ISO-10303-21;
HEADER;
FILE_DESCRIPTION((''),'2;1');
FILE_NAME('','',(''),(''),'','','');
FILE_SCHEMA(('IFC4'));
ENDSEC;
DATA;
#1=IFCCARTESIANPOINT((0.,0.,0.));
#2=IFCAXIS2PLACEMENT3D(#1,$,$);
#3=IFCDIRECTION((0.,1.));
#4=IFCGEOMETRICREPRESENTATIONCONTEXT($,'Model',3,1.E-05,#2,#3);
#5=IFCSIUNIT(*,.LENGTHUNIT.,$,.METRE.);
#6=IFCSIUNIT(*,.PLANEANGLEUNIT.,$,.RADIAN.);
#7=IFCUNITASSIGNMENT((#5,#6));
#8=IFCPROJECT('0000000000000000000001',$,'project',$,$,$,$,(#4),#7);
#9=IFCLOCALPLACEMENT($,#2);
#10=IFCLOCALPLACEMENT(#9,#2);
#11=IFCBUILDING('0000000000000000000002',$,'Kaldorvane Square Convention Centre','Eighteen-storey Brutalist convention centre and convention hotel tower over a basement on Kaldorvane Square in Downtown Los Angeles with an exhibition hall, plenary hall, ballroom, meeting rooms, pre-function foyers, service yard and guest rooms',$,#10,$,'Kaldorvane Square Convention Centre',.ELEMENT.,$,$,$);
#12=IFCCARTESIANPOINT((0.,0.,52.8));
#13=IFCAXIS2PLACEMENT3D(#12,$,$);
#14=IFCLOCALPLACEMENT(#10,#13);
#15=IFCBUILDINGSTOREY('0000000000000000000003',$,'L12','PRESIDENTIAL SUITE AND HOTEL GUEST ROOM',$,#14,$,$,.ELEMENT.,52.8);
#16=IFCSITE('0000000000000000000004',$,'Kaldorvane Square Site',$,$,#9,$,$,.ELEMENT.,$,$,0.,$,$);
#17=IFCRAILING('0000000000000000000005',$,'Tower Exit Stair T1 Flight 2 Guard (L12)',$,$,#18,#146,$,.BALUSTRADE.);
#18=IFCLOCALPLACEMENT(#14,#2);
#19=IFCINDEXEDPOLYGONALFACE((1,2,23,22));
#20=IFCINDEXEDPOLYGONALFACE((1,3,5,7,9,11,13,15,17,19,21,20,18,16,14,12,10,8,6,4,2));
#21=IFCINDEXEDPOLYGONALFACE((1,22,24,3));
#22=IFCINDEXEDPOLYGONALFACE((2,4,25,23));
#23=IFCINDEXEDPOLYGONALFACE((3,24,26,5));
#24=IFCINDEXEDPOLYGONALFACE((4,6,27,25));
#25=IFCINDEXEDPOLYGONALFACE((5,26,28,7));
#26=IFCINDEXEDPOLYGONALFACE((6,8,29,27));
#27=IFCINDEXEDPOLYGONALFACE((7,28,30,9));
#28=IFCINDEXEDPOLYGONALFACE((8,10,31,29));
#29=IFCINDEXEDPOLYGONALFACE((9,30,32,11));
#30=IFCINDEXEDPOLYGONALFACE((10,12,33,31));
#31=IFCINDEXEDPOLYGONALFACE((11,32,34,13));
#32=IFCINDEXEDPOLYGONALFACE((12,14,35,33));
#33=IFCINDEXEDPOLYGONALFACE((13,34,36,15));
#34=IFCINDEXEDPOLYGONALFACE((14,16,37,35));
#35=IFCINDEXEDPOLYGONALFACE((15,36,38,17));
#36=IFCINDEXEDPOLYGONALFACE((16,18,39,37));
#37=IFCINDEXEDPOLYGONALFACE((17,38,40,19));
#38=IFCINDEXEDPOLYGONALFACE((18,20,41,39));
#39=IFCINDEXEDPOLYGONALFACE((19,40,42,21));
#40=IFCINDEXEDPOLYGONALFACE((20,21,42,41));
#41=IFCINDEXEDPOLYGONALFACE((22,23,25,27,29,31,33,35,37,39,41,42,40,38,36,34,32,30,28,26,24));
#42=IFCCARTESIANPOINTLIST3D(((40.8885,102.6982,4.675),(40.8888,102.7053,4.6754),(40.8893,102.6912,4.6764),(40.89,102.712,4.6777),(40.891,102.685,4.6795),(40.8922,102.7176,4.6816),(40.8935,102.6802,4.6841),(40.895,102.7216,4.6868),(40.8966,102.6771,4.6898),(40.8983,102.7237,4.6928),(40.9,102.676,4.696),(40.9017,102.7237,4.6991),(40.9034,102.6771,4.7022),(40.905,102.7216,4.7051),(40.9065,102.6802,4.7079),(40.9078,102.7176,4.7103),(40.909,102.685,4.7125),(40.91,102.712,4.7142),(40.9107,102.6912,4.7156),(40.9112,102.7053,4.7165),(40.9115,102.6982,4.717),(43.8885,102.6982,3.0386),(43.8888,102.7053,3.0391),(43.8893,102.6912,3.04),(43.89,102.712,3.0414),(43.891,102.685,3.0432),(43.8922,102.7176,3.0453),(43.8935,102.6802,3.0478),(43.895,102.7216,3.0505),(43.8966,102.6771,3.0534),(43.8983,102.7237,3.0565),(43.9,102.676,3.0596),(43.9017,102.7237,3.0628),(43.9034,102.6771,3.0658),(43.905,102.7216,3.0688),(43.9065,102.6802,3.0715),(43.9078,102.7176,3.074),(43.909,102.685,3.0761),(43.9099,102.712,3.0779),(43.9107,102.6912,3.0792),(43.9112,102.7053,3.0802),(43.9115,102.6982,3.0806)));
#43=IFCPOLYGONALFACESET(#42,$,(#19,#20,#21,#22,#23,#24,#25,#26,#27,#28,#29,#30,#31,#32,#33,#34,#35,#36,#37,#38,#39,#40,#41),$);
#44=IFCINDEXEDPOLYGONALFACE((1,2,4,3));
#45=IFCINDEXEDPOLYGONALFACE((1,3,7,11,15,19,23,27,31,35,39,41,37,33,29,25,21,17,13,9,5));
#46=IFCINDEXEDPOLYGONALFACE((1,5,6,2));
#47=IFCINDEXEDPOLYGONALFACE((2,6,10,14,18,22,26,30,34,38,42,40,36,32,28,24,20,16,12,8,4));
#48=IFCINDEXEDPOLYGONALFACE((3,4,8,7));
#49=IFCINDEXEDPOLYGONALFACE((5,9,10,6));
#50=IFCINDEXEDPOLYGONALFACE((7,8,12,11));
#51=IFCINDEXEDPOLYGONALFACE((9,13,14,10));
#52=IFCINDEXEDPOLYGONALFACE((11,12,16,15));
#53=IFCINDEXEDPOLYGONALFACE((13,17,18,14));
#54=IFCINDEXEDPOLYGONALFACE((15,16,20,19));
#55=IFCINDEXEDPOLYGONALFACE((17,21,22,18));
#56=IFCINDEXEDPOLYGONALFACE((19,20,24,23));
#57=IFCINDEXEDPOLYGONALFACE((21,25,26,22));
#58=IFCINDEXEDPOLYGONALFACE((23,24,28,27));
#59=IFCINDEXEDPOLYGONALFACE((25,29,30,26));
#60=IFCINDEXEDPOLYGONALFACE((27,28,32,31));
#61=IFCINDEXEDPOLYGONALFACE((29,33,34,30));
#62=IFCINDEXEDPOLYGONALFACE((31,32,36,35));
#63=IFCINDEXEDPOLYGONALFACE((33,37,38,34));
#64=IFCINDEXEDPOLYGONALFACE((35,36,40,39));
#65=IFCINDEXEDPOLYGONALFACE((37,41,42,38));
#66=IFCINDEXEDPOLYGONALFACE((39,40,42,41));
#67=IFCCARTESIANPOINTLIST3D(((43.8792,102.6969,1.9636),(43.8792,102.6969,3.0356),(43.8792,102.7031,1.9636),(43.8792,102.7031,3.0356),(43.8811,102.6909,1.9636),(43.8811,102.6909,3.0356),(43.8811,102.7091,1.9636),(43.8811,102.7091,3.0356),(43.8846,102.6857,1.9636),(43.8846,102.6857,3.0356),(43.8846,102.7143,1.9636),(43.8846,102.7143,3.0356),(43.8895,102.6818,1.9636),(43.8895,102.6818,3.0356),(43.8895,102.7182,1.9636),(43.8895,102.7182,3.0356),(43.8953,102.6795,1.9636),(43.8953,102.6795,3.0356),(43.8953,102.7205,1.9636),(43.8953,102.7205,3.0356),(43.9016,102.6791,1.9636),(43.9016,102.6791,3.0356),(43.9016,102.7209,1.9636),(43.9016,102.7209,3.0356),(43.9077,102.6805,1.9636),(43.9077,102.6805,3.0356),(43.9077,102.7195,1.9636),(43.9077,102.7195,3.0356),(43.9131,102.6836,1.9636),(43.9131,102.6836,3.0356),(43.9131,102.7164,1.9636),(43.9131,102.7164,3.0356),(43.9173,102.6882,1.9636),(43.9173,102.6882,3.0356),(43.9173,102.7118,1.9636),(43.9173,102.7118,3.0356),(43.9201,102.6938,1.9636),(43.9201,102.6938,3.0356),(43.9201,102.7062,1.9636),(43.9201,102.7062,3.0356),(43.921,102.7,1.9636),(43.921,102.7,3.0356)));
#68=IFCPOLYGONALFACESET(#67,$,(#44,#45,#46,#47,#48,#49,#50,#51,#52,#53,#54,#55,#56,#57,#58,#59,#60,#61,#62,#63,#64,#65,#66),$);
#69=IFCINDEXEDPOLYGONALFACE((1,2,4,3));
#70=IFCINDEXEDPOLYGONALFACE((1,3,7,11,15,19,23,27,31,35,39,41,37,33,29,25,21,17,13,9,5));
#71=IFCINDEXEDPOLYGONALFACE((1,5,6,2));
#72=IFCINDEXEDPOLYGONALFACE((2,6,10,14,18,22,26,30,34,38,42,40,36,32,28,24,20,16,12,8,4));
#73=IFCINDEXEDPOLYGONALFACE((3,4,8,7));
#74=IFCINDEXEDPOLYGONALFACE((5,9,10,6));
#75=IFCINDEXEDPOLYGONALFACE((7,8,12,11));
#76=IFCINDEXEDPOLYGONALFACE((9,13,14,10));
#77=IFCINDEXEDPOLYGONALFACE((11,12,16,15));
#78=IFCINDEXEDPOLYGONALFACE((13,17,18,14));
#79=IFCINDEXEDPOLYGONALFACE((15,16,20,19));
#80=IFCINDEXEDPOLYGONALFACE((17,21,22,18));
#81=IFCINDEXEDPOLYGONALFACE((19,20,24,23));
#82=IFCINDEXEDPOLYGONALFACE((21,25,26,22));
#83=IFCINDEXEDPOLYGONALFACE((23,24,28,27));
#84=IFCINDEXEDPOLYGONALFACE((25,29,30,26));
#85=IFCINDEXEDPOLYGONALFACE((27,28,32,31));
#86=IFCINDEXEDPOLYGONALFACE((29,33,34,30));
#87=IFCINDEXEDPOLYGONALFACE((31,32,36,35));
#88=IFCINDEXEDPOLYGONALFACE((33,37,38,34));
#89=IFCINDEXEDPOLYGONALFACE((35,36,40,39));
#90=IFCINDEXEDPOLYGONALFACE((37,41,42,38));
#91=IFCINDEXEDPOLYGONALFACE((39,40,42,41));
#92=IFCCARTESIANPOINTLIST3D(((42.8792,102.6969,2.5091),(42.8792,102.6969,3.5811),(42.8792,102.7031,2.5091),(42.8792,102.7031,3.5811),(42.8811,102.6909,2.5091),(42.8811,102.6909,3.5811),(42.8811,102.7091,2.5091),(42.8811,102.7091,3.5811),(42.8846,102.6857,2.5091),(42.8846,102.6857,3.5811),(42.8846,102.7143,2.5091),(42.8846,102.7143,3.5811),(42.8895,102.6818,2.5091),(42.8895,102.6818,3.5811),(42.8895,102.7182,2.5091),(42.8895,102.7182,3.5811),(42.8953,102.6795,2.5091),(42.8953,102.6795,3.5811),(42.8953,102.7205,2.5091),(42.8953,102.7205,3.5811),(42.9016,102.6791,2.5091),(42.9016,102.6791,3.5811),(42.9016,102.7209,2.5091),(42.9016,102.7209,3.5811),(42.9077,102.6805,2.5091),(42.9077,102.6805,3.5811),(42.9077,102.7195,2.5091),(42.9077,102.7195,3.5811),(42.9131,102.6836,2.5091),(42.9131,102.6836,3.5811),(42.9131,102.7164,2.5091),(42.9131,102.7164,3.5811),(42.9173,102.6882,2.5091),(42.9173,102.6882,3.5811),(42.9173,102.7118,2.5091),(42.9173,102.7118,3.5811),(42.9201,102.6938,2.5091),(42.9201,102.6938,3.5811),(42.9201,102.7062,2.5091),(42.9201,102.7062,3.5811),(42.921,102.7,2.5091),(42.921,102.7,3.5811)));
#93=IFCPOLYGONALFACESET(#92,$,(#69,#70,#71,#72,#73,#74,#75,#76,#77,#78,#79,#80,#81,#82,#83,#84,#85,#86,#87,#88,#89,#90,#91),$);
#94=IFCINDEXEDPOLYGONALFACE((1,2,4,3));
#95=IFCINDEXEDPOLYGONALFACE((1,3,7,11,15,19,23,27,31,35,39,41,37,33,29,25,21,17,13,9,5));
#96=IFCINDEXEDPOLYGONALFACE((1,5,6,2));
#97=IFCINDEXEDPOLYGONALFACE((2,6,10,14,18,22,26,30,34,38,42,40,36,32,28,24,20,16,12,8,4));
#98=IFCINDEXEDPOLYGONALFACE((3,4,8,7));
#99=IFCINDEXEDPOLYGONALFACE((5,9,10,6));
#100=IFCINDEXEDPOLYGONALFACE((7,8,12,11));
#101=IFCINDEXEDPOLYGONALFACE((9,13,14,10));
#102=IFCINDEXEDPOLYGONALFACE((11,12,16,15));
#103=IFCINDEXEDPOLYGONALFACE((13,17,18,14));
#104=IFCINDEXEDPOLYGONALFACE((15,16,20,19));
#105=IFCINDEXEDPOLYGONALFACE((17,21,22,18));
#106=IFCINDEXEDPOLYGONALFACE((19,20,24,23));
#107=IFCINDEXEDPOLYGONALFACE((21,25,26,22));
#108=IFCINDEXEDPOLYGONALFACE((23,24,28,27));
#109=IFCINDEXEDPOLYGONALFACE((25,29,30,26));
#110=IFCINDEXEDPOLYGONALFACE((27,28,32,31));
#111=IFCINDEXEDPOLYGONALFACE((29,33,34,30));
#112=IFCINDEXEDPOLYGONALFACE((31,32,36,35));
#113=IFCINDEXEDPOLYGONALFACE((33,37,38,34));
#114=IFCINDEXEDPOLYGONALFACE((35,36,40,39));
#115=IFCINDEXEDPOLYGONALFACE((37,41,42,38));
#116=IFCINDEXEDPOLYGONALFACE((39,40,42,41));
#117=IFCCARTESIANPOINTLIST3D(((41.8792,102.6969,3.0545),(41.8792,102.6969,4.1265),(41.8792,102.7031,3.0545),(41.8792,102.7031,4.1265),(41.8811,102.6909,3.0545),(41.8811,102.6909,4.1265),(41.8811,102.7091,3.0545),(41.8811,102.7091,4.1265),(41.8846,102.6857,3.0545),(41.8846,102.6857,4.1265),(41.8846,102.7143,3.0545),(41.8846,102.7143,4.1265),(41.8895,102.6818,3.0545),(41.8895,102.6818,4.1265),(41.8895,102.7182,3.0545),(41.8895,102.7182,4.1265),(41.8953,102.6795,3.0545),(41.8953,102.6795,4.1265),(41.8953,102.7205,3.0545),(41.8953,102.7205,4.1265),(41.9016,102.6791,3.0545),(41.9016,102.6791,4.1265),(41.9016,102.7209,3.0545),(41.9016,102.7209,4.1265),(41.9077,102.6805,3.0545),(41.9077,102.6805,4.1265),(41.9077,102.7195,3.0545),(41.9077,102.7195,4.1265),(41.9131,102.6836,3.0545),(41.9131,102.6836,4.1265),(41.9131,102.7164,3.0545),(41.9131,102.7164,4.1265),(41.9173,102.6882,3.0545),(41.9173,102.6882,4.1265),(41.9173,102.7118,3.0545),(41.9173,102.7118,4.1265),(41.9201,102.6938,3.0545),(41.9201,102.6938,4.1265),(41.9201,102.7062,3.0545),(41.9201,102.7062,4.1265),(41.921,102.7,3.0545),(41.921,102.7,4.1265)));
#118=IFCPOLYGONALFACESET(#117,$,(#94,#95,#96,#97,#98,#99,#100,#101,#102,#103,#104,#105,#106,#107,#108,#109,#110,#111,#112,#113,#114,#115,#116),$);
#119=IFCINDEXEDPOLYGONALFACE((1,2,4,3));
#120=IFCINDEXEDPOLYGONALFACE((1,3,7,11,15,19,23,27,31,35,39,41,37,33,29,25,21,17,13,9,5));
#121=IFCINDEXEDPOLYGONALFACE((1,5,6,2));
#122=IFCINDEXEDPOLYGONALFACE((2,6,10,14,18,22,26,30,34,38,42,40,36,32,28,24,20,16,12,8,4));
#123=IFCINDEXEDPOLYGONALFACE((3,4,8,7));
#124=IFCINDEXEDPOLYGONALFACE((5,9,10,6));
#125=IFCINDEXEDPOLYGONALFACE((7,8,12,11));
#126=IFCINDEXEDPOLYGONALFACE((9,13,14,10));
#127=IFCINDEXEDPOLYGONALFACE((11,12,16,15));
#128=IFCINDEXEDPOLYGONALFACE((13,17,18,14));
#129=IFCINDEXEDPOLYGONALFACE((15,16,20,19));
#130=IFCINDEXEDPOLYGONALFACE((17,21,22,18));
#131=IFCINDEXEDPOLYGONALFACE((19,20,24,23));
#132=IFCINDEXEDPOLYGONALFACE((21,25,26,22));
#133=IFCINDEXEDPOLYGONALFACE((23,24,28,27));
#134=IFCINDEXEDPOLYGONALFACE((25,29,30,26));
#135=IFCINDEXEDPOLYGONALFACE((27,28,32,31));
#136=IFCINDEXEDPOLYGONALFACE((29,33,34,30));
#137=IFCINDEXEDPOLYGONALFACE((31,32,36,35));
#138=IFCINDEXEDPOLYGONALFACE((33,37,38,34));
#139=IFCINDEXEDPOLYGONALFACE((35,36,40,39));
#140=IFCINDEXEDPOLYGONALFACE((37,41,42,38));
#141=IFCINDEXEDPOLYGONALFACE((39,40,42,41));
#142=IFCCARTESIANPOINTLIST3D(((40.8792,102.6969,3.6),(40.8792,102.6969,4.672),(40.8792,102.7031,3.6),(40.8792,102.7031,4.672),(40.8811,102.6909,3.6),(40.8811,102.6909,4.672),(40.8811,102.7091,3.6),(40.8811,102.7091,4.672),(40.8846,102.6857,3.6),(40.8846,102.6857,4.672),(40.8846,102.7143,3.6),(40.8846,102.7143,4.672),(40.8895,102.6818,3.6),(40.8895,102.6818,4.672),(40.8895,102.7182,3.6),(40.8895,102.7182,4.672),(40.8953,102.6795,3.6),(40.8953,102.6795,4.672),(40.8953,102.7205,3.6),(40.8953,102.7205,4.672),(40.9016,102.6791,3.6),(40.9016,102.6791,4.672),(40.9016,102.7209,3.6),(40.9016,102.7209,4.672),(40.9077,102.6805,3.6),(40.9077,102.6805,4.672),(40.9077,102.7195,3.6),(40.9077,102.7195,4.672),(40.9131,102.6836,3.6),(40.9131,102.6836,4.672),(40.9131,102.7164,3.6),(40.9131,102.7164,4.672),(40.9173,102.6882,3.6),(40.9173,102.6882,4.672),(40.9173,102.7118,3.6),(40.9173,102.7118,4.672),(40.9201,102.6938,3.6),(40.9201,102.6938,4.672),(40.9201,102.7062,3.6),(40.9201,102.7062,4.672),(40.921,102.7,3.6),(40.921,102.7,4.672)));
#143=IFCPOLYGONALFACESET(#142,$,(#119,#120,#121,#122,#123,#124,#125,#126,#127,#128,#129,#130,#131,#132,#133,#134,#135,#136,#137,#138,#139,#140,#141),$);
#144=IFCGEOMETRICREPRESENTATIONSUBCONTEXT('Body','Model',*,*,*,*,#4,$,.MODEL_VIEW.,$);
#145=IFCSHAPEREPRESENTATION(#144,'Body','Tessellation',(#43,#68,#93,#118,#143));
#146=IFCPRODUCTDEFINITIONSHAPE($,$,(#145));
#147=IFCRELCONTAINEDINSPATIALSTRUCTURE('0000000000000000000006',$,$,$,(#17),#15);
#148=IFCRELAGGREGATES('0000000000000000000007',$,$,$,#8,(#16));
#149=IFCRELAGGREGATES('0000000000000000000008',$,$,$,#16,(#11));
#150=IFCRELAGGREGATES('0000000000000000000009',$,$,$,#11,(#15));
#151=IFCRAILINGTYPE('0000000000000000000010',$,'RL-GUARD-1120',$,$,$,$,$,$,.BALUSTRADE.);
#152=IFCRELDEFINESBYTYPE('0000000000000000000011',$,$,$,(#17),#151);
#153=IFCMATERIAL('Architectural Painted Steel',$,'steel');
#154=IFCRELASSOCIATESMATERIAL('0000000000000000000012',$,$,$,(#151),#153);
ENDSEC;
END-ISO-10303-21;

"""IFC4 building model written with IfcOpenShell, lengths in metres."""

from ifc_helpers import new_model, si_unit, direction, frame, origin, origin_2d, place, context, subcontext, project, spatial, circle, extrude, material, type_object, element, save


model = new_model("IFC4")

# Units and contexts
model_context = context("Model", 3, precision=1e-05, world=origin(), true_north=direction((0.0, 1.0)))
body_context = subcontext(model_context, "Body", "Model", "MODEL_VIEW")
ifc_project = project(units=[si_unit("LENGTHUNIT", "METRE"), si_unit("PLANEANGLEUNIT", "RADIAN")], contexts=[model_context])

# Site, building, storey
site_placement = place(None, origin())
site = spatial("IfcSite", under=ifc_project, at=site_placement, Name="Kaldorvane Square Site", CompositionType="ELEMENT", RefElevation=0.0)
building_placement = place(site_placement, origin())
building = spatial("IfcBuilding", under=site, at=building_placement, Name="Kaldorvane Square Convention Centre", Description="Eighteen-storey Brutalist convention centre and convention hotel tower over a basement on Kaldorvane Square in Downtown Los Angeles with an exhibition hall, plenary hall, ballroom, meeting rooms, pre-function foyers, service yard and guest rooms", LongName="Kaldorvane Square Convention Centre", CompositionType="ELEMENT")
storey_placement = place(building_placement, frame((0.0, 0.0, 52.8)))
storey = spatial("IfcBuildingStorey", under=building, at=storey_placement, Name="L12", Description="PRESIDENTIAL SUITE AND HOTEL GUEST ROOM", CompositionType="ELEMENT", Elevation=52.8)

# Railing
ifc_material_1 = material(Name="Architectural Painted Steel", Category="steel")
railing_type_1 = type_object("IfcRailingType", Name="RL-GUARD-1120", PredefinedType="BALUSTRADE", material=ifc_material_1)
railing_1_placement = place(storey_placement, frame((43.9, 102.7, 1.9636)))
element("IfcRailing", 1, at=railing_1_placement, inside=storey, type_object=railing_type_1, Name="Tower Exit Stair T1 Flight 2 Guard (L12)", PredefinedType="BALUSTRADE", context=body_context, shape_type="SweptSolid", body=[
    extrude(circle(Radius=0.024, at=origin_2d()), frame((0.0, 0.0, 1.096), z_axis=(-0.877897, 0.0, 0.47885), x_axis=(0.0, -1.0, 0.0)), (0.0, 0.0, 1.0), 3.4173),
    extrude(circle(Radius=0.021, at=origin_2d()), origin(), (0.0, 0.0, 1.0), 1.072),
    extrude(circle(Radius=0.021, at=origin_2d()), frame((-1.0, 0.0, 0.5455)), (0.0, 0.0, 1.0), 1.072),
    extrude(circle(Radius=0.021, at=origin_2d()), frame((-2.0, 0.0, 1.0909)), (0.0, 0.0, 1.0), 1.072),
    extrude(circle(Radius=0.021, at=origin_2d()), frame((-3.0, 0.0, 1.6364)), (0.0, 0.0, 1.0), 1.072),
])

save(model, "model.ifc")
